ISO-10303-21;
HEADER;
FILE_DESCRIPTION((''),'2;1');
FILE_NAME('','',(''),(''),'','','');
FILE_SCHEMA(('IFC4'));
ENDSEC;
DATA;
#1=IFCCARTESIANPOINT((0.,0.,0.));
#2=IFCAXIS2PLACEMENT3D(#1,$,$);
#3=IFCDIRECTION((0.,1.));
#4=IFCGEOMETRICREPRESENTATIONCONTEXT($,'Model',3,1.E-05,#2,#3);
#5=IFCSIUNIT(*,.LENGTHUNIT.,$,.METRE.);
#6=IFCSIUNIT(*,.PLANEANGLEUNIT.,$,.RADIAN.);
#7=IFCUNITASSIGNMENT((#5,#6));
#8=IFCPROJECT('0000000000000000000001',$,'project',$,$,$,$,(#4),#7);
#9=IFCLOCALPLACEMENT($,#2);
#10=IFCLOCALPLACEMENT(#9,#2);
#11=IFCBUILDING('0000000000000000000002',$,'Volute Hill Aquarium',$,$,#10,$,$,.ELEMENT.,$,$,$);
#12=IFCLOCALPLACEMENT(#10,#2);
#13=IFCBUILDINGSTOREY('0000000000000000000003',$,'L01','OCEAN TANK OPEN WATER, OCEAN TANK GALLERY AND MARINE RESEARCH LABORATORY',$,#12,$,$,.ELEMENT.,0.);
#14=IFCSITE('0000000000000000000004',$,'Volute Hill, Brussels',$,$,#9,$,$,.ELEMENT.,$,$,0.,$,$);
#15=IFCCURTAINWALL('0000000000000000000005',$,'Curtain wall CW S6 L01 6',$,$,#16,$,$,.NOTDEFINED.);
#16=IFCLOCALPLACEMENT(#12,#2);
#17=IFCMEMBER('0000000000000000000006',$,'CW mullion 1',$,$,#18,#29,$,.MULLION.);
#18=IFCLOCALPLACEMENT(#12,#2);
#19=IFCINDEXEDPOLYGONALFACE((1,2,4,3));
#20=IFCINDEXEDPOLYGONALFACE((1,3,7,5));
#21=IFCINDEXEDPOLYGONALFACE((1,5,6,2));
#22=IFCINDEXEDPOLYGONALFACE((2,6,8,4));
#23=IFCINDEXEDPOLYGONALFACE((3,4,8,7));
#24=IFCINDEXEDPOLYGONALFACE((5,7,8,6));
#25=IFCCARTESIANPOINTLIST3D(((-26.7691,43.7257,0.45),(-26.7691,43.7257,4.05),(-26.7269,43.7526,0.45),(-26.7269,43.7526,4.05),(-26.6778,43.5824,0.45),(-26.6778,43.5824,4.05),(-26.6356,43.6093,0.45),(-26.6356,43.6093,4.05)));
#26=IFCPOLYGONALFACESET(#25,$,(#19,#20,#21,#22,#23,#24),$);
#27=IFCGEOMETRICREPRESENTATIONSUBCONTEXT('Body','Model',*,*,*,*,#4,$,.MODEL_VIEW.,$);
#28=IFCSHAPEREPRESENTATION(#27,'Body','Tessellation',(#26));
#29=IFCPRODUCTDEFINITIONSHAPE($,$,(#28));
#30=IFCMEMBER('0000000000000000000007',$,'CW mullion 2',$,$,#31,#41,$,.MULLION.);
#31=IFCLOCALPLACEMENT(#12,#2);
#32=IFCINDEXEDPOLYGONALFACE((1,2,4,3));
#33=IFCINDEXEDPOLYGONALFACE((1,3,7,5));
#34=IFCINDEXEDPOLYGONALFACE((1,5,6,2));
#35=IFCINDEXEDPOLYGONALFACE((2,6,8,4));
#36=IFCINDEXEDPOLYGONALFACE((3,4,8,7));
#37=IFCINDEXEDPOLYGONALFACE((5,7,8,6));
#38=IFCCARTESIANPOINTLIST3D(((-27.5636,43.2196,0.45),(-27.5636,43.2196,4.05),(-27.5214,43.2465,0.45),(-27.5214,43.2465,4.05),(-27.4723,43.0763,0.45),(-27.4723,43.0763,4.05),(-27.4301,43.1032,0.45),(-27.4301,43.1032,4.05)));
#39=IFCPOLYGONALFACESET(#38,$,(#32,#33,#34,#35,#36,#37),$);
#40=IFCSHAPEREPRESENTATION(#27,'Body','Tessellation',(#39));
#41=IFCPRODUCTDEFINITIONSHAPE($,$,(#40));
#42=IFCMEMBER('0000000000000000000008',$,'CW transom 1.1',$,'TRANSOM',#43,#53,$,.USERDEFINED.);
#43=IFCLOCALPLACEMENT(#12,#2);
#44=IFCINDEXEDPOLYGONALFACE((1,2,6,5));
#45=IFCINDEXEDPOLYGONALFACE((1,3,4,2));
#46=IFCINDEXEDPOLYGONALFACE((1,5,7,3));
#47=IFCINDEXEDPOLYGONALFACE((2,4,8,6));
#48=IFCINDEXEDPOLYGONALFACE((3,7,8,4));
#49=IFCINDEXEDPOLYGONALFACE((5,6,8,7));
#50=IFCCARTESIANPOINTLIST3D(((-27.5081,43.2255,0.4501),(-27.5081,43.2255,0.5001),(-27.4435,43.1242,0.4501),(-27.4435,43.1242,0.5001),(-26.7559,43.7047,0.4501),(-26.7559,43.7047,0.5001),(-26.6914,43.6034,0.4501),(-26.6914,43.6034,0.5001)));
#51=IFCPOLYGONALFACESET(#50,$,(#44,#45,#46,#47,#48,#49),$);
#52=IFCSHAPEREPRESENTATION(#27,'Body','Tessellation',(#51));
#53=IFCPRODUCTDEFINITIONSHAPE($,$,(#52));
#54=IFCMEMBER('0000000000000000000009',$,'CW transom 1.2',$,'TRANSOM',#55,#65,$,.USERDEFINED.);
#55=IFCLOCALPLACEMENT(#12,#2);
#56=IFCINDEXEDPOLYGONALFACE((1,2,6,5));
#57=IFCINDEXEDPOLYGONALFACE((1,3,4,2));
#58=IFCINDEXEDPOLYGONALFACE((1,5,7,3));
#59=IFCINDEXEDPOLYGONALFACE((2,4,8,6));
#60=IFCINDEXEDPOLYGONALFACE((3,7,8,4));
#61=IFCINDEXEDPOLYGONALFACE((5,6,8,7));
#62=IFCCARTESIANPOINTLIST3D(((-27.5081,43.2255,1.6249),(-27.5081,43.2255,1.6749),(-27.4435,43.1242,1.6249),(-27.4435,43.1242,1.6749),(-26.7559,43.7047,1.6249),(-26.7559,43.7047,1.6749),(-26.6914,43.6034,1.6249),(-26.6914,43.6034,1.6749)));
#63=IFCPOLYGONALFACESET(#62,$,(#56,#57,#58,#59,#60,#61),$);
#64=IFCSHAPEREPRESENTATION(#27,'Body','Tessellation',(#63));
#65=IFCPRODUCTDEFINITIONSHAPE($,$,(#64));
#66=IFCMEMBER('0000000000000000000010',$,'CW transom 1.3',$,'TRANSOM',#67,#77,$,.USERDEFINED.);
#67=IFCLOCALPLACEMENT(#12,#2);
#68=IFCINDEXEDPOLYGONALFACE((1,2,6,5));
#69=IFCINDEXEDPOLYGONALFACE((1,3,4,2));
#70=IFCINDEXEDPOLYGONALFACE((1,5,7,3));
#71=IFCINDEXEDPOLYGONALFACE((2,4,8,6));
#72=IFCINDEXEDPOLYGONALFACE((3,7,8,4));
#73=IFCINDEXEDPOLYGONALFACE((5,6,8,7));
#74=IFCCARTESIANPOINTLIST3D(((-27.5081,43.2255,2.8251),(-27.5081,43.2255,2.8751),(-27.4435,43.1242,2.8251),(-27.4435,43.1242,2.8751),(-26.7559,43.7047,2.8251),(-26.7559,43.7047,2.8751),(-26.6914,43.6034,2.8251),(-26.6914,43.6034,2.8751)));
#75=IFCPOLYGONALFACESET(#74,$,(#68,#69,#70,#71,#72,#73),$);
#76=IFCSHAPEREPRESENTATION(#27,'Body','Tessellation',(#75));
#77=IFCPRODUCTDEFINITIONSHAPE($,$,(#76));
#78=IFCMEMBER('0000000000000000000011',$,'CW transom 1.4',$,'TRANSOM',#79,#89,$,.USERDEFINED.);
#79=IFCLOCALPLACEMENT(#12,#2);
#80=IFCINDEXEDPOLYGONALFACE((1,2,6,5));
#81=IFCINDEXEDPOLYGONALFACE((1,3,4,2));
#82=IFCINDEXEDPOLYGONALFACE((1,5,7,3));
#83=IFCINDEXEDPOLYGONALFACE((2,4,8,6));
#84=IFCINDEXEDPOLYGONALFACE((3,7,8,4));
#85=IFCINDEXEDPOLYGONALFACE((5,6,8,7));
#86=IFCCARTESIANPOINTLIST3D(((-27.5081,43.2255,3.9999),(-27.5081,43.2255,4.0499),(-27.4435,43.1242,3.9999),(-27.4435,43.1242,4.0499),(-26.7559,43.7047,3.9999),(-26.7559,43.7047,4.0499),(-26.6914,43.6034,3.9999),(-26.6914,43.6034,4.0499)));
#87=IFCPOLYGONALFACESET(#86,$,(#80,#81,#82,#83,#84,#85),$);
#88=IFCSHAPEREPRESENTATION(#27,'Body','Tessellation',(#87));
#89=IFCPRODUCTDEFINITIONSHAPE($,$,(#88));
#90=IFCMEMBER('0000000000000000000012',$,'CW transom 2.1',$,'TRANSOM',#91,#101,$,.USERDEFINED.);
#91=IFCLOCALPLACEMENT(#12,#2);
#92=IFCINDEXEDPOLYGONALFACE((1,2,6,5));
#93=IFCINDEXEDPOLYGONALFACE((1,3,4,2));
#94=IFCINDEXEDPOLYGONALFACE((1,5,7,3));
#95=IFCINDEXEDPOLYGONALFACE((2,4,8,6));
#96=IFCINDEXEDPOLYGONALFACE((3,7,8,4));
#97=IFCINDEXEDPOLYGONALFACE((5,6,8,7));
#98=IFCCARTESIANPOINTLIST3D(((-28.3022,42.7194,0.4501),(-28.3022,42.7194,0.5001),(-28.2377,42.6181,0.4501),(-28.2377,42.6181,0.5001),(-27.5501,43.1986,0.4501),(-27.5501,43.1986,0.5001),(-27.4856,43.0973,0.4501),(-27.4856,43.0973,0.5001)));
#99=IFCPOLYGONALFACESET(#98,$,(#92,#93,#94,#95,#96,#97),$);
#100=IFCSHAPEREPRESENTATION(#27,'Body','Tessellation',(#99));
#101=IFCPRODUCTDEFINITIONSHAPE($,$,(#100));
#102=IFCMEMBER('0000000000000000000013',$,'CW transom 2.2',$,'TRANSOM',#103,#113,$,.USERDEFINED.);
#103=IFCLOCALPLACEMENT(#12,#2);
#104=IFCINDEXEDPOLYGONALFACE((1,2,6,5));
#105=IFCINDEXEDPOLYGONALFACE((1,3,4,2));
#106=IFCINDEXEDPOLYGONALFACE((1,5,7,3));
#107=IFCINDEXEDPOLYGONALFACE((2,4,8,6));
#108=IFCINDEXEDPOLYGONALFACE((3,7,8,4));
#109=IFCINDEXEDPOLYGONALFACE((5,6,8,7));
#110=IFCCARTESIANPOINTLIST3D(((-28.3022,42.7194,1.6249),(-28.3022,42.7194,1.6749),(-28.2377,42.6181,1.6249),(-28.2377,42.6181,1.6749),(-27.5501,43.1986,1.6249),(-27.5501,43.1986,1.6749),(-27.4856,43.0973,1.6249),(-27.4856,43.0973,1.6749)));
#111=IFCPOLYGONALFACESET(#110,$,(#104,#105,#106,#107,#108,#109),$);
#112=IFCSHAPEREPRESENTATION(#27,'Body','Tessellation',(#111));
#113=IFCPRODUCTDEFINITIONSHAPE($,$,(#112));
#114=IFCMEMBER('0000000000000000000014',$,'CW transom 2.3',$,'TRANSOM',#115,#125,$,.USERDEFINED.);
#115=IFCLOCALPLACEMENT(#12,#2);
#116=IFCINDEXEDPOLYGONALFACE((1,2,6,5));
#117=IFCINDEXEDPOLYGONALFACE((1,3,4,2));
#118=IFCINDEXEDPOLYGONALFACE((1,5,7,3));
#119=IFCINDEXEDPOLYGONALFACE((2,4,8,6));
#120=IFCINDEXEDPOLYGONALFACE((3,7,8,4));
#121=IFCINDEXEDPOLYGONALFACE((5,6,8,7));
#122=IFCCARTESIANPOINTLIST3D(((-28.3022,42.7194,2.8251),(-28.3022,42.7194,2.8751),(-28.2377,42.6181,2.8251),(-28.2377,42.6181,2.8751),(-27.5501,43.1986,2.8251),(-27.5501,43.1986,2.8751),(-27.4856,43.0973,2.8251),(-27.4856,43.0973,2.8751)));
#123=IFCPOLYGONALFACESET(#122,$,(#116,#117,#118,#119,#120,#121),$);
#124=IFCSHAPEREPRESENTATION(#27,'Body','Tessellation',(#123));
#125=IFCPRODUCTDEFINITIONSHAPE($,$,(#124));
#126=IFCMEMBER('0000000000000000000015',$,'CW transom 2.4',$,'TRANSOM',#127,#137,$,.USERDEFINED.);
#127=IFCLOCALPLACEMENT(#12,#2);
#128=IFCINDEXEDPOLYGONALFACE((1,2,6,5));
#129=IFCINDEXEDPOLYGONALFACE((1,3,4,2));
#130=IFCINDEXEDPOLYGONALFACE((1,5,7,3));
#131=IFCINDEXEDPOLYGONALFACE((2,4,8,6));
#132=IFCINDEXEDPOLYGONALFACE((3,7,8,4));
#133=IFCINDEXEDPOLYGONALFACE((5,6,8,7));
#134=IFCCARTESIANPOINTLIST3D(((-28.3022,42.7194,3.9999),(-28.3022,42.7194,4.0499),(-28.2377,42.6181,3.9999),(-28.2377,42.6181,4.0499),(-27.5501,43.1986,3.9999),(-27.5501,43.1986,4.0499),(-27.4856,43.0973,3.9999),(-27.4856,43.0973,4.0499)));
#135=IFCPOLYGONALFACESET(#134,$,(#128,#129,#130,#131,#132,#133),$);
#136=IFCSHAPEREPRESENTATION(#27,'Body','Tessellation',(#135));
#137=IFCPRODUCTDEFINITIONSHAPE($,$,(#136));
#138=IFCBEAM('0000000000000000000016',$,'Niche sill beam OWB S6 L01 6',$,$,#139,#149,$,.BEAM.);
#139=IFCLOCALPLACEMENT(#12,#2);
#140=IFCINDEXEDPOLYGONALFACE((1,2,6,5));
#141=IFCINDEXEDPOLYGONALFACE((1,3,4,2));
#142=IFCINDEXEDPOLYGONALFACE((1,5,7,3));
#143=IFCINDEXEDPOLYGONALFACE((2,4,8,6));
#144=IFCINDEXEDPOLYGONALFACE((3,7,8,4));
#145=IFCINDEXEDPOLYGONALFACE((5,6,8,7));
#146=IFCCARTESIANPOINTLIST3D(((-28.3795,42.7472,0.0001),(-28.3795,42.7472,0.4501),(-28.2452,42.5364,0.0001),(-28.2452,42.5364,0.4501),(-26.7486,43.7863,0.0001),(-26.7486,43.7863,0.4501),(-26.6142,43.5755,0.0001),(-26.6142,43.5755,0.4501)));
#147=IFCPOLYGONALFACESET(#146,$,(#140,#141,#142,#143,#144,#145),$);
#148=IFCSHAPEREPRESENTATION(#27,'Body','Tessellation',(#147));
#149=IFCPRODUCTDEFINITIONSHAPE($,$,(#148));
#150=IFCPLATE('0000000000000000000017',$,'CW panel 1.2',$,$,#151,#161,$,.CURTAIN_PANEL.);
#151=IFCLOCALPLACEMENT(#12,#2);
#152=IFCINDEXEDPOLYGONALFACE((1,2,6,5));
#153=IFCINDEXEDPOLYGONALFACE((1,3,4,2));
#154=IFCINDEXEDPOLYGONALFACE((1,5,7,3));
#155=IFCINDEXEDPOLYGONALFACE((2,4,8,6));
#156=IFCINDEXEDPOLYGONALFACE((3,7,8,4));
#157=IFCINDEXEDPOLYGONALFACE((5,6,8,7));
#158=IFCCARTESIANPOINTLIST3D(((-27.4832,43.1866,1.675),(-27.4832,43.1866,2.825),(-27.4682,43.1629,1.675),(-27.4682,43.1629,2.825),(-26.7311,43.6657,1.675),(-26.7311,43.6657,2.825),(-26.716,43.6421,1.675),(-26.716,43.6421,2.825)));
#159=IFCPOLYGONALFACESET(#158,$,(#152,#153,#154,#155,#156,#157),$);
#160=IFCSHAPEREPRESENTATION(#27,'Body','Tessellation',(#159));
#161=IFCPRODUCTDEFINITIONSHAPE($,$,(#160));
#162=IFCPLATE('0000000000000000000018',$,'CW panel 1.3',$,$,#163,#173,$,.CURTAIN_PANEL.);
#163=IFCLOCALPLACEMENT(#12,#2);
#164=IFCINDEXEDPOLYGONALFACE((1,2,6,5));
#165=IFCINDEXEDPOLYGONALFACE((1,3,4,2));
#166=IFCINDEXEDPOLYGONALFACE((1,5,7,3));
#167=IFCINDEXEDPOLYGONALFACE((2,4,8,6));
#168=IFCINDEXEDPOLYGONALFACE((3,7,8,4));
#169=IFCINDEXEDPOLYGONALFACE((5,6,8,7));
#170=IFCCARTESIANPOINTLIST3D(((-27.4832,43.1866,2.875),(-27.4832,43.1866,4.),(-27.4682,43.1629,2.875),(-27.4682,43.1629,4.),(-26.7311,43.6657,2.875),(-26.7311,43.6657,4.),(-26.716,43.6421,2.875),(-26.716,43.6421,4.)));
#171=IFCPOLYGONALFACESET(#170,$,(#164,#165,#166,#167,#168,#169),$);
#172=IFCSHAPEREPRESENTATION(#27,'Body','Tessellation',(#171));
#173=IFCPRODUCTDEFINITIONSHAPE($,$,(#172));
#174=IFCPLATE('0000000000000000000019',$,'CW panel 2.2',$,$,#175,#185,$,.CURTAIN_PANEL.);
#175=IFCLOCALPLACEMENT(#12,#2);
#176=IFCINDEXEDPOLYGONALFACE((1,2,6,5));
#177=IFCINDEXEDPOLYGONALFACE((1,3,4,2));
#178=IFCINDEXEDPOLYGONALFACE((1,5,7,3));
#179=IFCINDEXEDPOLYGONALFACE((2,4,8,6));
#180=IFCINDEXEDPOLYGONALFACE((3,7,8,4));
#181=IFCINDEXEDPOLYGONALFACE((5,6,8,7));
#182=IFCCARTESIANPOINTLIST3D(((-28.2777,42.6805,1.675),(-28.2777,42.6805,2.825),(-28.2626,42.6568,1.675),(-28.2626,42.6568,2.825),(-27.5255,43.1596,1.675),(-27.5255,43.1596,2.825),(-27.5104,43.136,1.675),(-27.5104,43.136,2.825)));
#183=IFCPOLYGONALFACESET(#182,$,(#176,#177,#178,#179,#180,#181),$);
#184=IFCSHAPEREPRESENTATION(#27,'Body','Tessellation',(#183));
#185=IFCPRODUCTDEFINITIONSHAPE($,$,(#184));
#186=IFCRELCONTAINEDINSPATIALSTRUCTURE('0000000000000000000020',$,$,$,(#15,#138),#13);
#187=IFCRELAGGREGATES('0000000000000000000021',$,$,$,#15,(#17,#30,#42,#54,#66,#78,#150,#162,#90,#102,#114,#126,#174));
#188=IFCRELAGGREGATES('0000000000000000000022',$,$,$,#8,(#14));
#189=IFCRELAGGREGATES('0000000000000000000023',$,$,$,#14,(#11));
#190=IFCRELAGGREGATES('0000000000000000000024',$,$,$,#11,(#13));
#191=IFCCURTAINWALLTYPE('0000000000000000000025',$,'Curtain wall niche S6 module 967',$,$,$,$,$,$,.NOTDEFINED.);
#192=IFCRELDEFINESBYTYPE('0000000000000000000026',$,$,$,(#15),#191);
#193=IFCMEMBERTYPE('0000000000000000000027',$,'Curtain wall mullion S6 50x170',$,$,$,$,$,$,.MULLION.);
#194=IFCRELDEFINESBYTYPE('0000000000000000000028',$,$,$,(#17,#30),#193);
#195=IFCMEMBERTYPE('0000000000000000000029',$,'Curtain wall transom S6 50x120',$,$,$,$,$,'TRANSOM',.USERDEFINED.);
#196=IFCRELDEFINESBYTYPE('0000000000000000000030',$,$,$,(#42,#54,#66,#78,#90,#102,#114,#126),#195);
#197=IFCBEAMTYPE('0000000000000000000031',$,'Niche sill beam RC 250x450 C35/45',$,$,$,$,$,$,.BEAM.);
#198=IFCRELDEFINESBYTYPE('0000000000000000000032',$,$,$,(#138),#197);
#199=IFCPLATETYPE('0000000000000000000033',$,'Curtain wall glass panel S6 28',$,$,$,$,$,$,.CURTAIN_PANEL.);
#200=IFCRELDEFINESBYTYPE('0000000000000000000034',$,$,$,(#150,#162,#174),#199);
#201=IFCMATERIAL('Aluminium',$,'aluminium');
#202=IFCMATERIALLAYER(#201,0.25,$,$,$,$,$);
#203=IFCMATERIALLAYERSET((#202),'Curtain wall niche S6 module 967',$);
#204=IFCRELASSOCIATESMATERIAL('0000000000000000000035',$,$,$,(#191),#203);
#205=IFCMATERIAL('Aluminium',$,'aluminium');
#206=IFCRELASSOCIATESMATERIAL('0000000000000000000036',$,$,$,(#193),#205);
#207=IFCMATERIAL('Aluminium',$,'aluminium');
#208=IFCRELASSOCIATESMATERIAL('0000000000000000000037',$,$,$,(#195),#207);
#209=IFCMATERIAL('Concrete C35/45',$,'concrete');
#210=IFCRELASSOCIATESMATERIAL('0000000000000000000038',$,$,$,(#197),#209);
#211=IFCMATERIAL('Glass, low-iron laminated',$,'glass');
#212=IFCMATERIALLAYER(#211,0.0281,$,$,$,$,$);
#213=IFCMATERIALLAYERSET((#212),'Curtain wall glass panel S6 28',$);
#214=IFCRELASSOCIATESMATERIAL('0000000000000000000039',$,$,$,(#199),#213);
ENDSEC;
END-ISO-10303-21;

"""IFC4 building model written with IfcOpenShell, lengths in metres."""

from ifc_helpers import new_model, si_unit, direction, frame, origin, origin_2d, place, context, subcontext, project, spatial, rectangle, extrude, material, layer, layer_set, material_profile, profile_set, type_object, element, aggregate, save


model = new_model("IFC4")

# Units and contexts
model_context = context("Model", 3, precision=1e-05, world=origin(), true_north=direction((0.0, 1.0)))
body_context = subcontext(model_context, "Body", "Model", "MODEL_VIEW")
ifc_project = project(units=[si_unit("LENGTHUNIT", "METRE"), si_unit("PLANEANGLEUNIT", "RADIAN")], contexts=[model_context])

# Site, building, storey
site_placement = place(None, origin())
site = spatial("IfcSite", under=ifc_project, at=site_placement, Name="Volute Hill, Brussels", CompositionType="ELEMENT", RefElevation=0.0)
building_placement = place(site_placement, origin())
building = spatial("IfcBuilding", under=site, at=building_placement, Name="Volute Hill Aquarium", CompositionType="ELEMENT")
storey_placement = place(building_placement, origin())
storey = spatial("IfcBuildingStorey", under=building, at=storey_placement, Name="L01", Description="OCEAN TANK OPEN WATER, OCEAN TANK GALLERY AND MARINE RESEARCH LABORATORY", CompositionType="ELEMENT", Elevation=0.0)

# Curtain wall, members
ifc_material_1 = material(Name="Aluminium", Category="aluminium")
ifc_layer_1 = layer(ifc_material_1, 0.25)
ifc_layer_set_1 = layer_set([ifc_layer_1], Name="Curtain wall niche S6 module 967")
curtain_wall_type = type_object("IfcCurtainWallType", Name="Curtain wall niche S6 module 967", PredefinedType="NOTDEFINED", material=ifc_layer_set_1)
curtain_wall_placement = place(storey_placement, origin())
curtain_wall = element("IfcCurtainWall", 1, at=curtain_wall_placement, inside=storey, type_object=curtain_wall_type, Name="Curtain wall CW S6 L01 6", PredefinedType="NOTDEFINED")
ifc_material_2 = material(Name="Aluminium", Category="aluminium")
ifc_material_profile_1 = material_profile(ifc_material_2, rectangle(XDim=0.1699, YDim=0.05, at=origin_2d()), Name="Curtain wall mullion S6 50x170")
ifc_profile_set_1 = profile_set([ifc_material_profile_1], Name="Aluminium")
member_type_1 = type_object("IfcMemberType", Name="Curtain wall mullion S6 50x170", PredefinedType="MULLION", material=ifc_profile_set_1)
member_1_placement = place(storey_placement, frame((-26.7024, 43.6675, 0.45), z_axis=(0.0, 0.0, 1.0), x_axis=(0.537295, -0.843395, 0.0)))
member_1 = element("IfcMember", 2, at=member_1_placement, type_object=member_type_1, Name="CW mullion 1", PredefinedType="MULLION", context=body_context, shape_type="SweptSolid", body=[
    extrude(rectangle(XDim=0.1699, YDim=0.05, at=origin_2d()), origin(), (0.0, 0.0, 1.0), 3.6001),
])
member_2_placement = place(storey_placement, frame((-27.4968, 43.1614, 0.45), z_axis=(0.0, 0.0, 1.0), x_axis=(0.537295, -0.843395, 0.0)))
member_2 = element("IfcMember", 3, at=member_2_placement, type_object=member_type_1, Name="CW mullion 2", PredefinedType="MULLION", context=body_context, shape_type="SweptSolid", body=[
    extrude(rectangle(XDim=0.1699, YDim=0.05, at=origin_2d()), origin(), (0.0, 0.0, 1.0), 3.6001),
])
ifc_material_3 = material(Name="Aluminium", Category="aluminium")
ifc_material_profile_2 = material_profile(ifc_material_3, rectangle(XDim=0.1201, YDim=0.05, at=origin_2d()), Name="Curtain wall transom S6 50x120")
ifc_profile_set_2 = profile_set([ifc_material_profile_2], Name="Aluminium")
member_type_2 = type_object("IfcMemberType", Name="Curtain wall transom S6 50x120", ElementType="TRANSOM", PredefinedType="USERDEFINED", material=ifc_profile_set_2)
member_3_placement = place(storey_placement, frame((-26.7236, 43.6541, 0.4751), z_axis=(-0.843368, -0.537336, 0.0), x_axis=(0.537336, -0.843368, 0.0)))
member_3 = element("IfcMember", 4, at=member_3_placement, type_object=member_type_2, Name="CW transom 1.1", ObjectType="TRANSOM", PredefinedType="USERDEFINED", context=body_context, shape_type="SweptSolid", body=[
    extrude(rectangle(XDim=0.1201, YDim=0.05, at=origin_2d()), origin(), (0.0, 0.0, 1.0), 0.8918),
])
member_4_placement = place(storey_placement, frame((-26.7236, 43.6541, 1.6499), z_axis=(-0.843368, -0.537336, 0.0), x_axis=(0.537336, -0.843368, 0.0)))
member_4 = element("IfcMember", 5, at=member_4_placement, type_object=member_type_2, Name="CW transom 1.2", ObjectType="TRANSOM", PredefinedType="USERDEFINED", context=body_context, shape_type="SweptSolid", body=[
    extrude(rectangle(XDim=0.1201, YDim=0.05, at=origin_2d()), origin(), (0.0, 0.0, 1.0), 0.8918),
])
member_5_placement = place(storey_placement, frame((-26.7236, 43.6541, 2.8501), z_axis=(-0.843368, -0.537336, 0.0), x_axis=(0.537336, -0.843368, 0.0)))
member_5 = element("IfcMember", 6, at=member_5_placement, type_object=member_type_2, Name="CW transom 1.3", ObjectType="TRANSOM", PredefinedType="USERDEFINED", context=body_context, shape_type="SweptSolid", body=[
    extrude(rectangle(XDim=0.1201, YDim=0.05, at=origin_2d()), origin(), (0.0, 0.0, 1.0), 0.8918),
])
member_6_placement = place(storey_placement, frame((-26.7236, 43.6541, 4.0249), z_axis=(-0.843368, -0.537336, 0.0), x_axis=(0.537336, -0.843368, 0.0)))
member_6 = element("IfcMember", 7, at=member_6_placement, type_object=member_type_2, Name="CW transom 1.4", ObjectType="TRANSOM", PredefinedType="USERDEFINED", context=body_context, shape_type="SweptSolid", body=[
    extrude(rectangle(XDim=0.1201, YDim=0.05, at=origin_2d()), origin(), (0.0, 0.0, 1.0), 0.8918),
])
member_7_placement = place(storey_placement, frame((-27.5178, 43.1479, 0.4751), z_axis=(-0.843368, -0.537336, 0.0), x_axis=(0.537336, -0.843368, 0.0)))
member_7 = element("IfcMember", 8, at=member_7_placement, type_object=member_type_2, Name="CW transom 2.1", ObjectType="TRANSOM", PredefinedType="USERDEFINED", context=body_context, shape_type="SweptSolid", body=[
    extrude(rectangle(XDim=0.1201, YDim=0.05, at=origin_2d()), origin(), (0.0, 0.0, 1.0), 0.8918),
])
member_8_placement = place(storey_placement, frame((-27.5178, 43.1479, 1.6499), z_axis=(-0.843368, -0.537336, 0.0), x_axis=(0.537336, -0.843368, 0.0)))
member_8 = element("IfcMember", 9, at=member_8_placement, type_object=member_type_2, Name="CW transom 2.2", ObjectType="TRANSOM", PredefinedType="USERDEFINED", context=body_context, shape_type="SweptSolid", body=[
    extrude(rectangle(XDim=0.1201, YDim=0.05, at=origin_2d()), origin(), (0.0, 0.0, 1.0), 0.8918),
])
member_9_placement = place(storey_placement, frame((-27.5178, 43.1479, 2.8501), z_axis=(-0.843368, -0.537336, 0.0), x_axis=(0.537336, -0.843368, 0.0)))
member_9 = element("IfcMember", 10, at=member_9_placement, type_object=member_type_2, Name="CW transom 2.3", ObjectType="TRANSOM", PredefinedType="USERDEFINED", context=body_context, shape_type="SweptSolid", body=[
    extrude(rectangle(XDim=0.1201, YDim=0.05, at=origin_2d()), origin(), (0.0, 0.0, 1.0), 0.8918),
])
member_10_placement = place(storey_placement, frame((-27.5178, 43.1479, 4.0249), z_axis=(-0.843368, -0.537336, 0.0), x_axis=(0.537336, -0.843368, 0.0)))
member_10 = element("IfcMember", 11, at=member_10_placement, type_object=member_type_2, Name="CW transom 2.4", ObjectType="TRANSOM", PredefinedType="USERDEFINED", context=body_context, shape_type="SweptSolid", body=[
    extrude(rectangle(XDim=0.1201, YDim=0.05, at=origin_2d()), origin(), (0.0, 0.0, 1.0), 0.8918),
])

# Beam
ifc_material_4 = material(Name="Concrete C35/45", Category="concrete")
ifc_material_profile_3 = material_profile(ifc_material_4, rectangle(XDim=0.25, YDim=0.45, at=origin_2d()), Name="RC beam 250x450")
ifc_profile_set_3 = profile_set([ifc_material_profile_3], Name="Concrete C35/45")
beam_type = type_object("IfcBeamType", Name="Niche sill beam RC 250x450 C35/45", PredefinedType="BEAM", material=ifc_profile_set_3)
beam_placement = place(storey_placement, frame((-26.6814, 43.6809, 0.2251), z_axis=(-0.84337, -0.537333, 0.0), x_axis=(0.537333, -0.84337, 0.0)))
element("IfcBeam", 12, at=beam_placement, inside=storey, type_object=beam_type, Name="Niche sill beam OWB S6 L01 6", PredefinedType="BEAM", context=body_context, shape_type="SweptSolid", body=[
    extrude(rectangle(XDim=0.25, YDim=0.45, at=origin_2d()), origin(), (0.0, 0.0, 1.0), 1.9338),
])

# Plates
ifc_material_5 = material(Name="Glass, low-iron laminated", Category="glass")
ifc_layer_2 = layer(ifc_material_5, 0.0281)
ifc_layer_set_2 = layer_set([ifc_layer_2], Name="Curtain wall glass panel S6 28")
plate_type_1 = type_object("IfcPlateType", Name="Curtain wall glass panel S6 28", PredefinedType="CURTAIN_PANEL", material=ifc_layer_set_2)
plate_1_placement = place(storey_placement, frame((-27.0996, 43.4143, 1.675), z_axis=(0.0, 0.0, 1.0), x_axis=(-0.843395, -0.537295, 0.0)))
plate_1 = element("IfcPlate", 13, at=plate_1_placement, type_object=plate_type_1, Name="CW panel 1.2", PredefinedType="CURTAIN_PANEL", context=body_context, shape_type="SweptSolid", body=[
    extrude(rectangle(XDim=0.8918, YDim=0.0281, at=origin_2d()), origin(), (0.0, 0.0, 1.0), 1.1499),
])
plate_2_placement = place(storey_placement, frame((-27.0996, 43.4143, 2.875), z_axis=(0.0, 0.0, 1.0), x_axis=(-0.843395, -0.537295, 0.0)))
plate_2 = element("IfcPlate", 14, at=plate_2_placement, type_object=plate_type_1, Name="CW panel 1.3", PredefinedType="CURTAIN_PANEL", context=body_context, shape_type="SweptSolid", body=[
    extrude(rectangle(XDim=0.8918, YDim=0.0281, at=origin_2d()), origin(), (0.0, 0.0, 1.0), 1.125),
])
plate_3_placement = place(storey_placement, frame((-27.894, 42.9082, 1.675), z_axis=(0.0, 0.0, 1.0), x_axis=(-0.843395, -0.537295, 0.0)))
plate_3 = element("IfcPlate", 15, at=plate_3_placement, type_object=plate_type_1, Name="CW panel 2.2", PredefinedType="CURTAIN_PANEL", context=body_context, shape_type="SweptSolid", body=[
    extrude(rectangle(XDim=0.8918, YDim=0.0281, at=origin_2d()), origin(), (0.0, 0.0, 1.0), 1.1499),
])
aggregate(curtain_wall, [member_1, member_2, member_3, member_4, member_5, member_6, plate_1, plate_2, member_7, member_8, member_9, member_10, plate_3])

save(model, "model.ifc")
